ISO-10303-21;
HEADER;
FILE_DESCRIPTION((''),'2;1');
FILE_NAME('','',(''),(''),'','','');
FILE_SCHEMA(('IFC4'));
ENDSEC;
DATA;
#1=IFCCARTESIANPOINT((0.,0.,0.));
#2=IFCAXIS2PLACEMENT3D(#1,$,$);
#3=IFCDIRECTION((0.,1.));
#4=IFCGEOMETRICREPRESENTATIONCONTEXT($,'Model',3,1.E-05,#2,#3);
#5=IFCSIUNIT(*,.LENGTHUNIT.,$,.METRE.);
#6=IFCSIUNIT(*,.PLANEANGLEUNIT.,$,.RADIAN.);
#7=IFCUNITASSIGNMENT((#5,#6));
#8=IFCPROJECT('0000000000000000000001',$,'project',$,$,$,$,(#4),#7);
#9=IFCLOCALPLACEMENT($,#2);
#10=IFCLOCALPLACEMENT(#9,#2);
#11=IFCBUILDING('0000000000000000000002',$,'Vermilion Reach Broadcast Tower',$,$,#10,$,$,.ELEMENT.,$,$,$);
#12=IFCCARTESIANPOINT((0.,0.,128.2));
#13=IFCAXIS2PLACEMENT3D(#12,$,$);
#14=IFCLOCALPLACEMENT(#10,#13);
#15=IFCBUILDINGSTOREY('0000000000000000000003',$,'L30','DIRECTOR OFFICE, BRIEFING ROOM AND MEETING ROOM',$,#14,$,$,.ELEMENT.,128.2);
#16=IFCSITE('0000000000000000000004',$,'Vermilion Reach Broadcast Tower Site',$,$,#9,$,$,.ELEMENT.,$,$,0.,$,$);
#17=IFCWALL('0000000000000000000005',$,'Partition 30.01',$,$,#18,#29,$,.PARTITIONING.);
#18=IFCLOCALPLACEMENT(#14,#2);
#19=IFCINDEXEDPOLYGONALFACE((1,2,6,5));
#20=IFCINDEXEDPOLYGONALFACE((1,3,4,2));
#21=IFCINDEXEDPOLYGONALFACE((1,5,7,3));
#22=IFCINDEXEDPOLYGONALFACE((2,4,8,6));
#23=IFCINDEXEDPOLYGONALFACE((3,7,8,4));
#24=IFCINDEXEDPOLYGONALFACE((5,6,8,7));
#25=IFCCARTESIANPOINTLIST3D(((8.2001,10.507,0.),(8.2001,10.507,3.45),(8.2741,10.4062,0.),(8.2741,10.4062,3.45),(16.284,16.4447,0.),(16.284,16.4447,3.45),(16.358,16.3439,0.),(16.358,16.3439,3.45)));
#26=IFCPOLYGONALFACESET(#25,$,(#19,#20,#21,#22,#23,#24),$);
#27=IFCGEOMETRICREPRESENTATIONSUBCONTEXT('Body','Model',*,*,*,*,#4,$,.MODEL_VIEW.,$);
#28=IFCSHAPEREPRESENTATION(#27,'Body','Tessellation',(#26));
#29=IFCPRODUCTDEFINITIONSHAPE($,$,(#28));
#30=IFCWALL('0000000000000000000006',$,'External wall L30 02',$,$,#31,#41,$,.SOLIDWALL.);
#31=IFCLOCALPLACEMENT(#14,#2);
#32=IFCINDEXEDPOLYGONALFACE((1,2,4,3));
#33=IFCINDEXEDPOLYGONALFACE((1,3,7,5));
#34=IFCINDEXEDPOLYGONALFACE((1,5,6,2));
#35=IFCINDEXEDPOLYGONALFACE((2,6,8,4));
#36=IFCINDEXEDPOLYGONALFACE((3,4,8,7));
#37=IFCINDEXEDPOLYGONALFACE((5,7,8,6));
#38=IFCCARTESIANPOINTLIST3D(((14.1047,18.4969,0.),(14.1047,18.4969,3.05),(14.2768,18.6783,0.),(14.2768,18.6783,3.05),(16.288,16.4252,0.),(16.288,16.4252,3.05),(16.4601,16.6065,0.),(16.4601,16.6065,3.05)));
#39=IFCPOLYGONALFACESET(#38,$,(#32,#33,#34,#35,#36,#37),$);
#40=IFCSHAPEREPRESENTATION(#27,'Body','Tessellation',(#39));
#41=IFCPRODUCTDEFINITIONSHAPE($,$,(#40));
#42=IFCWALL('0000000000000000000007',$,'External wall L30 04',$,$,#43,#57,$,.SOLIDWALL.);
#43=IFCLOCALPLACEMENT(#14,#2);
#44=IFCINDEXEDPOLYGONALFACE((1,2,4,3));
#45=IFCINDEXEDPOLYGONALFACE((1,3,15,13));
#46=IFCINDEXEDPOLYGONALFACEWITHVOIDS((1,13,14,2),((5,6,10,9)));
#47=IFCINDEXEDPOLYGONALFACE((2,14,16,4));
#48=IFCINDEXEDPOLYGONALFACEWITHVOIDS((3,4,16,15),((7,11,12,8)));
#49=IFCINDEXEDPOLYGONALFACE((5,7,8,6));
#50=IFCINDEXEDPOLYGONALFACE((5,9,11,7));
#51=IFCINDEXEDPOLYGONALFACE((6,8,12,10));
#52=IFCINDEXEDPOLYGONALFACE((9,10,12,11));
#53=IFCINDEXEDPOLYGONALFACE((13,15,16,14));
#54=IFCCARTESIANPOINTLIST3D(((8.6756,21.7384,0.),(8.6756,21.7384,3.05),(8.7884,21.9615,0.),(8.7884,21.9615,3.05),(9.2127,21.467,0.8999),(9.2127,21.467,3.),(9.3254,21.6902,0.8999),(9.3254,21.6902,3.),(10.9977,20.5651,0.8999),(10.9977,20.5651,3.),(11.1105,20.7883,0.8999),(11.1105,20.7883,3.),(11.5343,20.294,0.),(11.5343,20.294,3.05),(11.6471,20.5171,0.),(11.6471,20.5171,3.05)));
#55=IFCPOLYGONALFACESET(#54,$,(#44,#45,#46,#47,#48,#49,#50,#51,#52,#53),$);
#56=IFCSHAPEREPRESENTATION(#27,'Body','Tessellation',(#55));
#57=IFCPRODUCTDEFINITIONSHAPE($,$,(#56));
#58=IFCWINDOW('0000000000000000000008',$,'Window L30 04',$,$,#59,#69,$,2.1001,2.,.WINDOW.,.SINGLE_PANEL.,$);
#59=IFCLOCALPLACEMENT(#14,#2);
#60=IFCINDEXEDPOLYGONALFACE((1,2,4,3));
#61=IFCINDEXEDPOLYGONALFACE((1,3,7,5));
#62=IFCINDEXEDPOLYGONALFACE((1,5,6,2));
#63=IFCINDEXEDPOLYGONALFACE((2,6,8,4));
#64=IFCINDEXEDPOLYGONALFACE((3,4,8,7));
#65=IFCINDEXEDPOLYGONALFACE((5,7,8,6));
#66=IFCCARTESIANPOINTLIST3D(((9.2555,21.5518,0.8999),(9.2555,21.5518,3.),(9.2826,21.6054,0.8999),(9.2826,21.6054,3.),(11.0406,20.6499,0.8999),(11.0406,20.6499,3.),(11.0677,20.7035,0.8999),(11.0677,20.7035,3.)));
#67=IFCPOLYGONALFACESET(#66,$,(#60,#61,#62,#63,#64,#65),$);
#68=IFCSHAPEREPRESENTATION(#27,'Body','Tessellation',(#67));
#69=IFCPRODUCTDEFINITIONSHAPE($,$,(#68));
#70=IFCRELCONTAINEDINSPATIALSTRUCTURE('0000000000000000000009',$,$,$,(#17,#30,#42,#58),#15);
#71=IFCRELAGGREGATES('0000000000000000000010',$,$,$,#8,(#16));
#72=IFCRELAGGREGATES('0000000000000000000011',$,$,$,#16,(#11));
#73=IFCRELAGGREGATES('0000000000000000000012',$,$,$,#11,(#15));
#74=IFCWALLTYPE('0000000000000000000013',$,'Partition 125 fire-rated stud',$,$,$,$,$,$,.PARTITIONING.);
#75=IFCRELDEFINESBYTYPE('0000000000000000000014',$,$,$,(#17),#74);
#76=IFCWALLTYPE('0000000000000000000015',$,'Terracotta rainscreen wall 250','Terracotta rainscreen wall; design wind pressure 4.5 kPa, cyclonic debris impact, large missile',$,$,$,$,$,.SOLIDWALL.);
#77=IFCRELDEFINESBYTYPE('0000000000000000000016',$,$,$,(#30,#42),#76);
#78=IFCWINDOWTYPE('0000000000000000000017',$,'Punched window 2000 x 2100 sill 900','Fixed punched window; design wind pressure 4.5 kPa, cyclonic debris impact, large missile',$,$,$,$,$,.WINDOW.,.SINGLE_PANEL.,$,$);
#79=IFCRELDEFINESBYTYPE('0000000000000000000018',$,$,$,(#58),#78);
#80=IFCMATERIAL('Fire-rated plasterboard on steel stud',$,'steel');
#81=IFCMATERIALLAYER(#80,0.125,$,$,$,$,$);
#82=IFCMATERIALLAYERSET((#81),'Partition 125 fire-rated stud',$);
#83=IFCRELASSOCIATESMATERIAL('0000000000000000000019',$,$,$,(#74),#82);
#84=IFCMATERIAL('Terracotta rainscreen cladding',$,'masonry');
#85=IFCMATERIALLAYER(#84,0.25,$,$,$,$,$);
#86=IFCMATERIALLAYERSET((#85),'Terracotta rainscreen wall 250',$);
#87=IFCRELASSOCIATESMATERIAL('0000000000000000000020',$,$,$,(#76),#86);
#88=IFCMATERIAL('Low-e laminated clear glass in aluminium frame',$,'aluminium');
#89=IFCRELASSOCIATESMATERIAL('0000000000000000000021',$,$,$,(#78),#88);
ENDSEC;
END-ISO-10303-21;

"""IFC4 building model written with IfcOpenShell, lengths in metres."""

from ifc_helpers import new_model, si_unit, direction, frame, frame_2d, origin, place, context, subcontext, project, spatial, rectangle, extrude, material, layer, layer_set, type_object, element, fill, save


model = new_model("IFC4")

# Units and contexts
model_context = context("Model", 3, precision=1e-05, world=origin(), true_north=direction((0.0, 1.0)))
body_context = subcontext(model_context, "Body", "Model", "MODEL_VIEW")
ifc_project = project(units=[si_unit("LENGTHUNIT", "METRE"), si_unit("PLANEANGLEUNIT", "RADIAN")], contexts=[model_context])

# Site, building, storey
site_placement = place(None, origin())
site = spatial("IfcSite", under=ifc_project, at=site_placement, Name="Vermilion Reach Broadcast Tower Site", CompositionType="ELEMENT", RefElevation=0.0)
building_placement = place(site_placement, origin())
building = spatial("IfcBuilding", under=site, at=building_placement, Name="Vermilion Reach Broadcast Tower", CompositionType="ELEMENT")
storey_placement = place(building_placement, frame((0.0, 0.0, 128.2)))
storey = spatial("IfcBuildingStorey", under=building, at=storey_placement, Name="L30", Description="DIRECTOR OFFICE, BRIEFING ROOM AND MEETING ROOM", CompositionType="ELEMENT", Elevation=128.2)

# Walls
ifc_material_1 = material(Name="Fire-rated plasterboard on steel stud", Category="steel")
ifc_layer_1 = layer(ifc_material_1, 0.125)
ifc_layer_set_1 = layer_set([ifc_layer_1], Name="Partition 125 fire-rated stud")
wall_type_1 = type_object("IfcWallType", Name="Partition 125 fire-rated stud", PredefinedType="PARTITIONING", material=ifc_layer_set_1)
wall_1_placement = place(storey_placement, frame((16.321, 16.3943, 0.0), z_axis=(0.0, 0.0, 1.0), x_axis=(-0.805954, -0.591979, 0.0)))
element("IfcWall", 1, at=wall_1_placement, inside=storey, type_object=wall_type_1, Name="Partition 30.01", PredefinedType="PARTITIONING", context=body_context, shape_type="SweptSolid", body=[
    extrude(rectangle(XDim=10.0303, YDim=0.125, at=frame_2d((5.0151, 0.0))), origin(), (0.0, 0.0, 1.0), 3.45),
])
ifc_material_2 = material(Name="Terracotta rainscreen cladding", Category="masonry")
ifc_layer_2 = layer(ifc_material_2, 0.25)
ifc_layer_set_2 = layer_set([ifc_layer_2], Name="Terracotta rainscreen wall 250")
wall_type_2 = type_object("IfcWallType", Name="Terracotta rainscreen wall 250", Description="Terracotta rainscreen wall; design wind pressure 4.5 kPa, cyclonic debris impact, large missile", PredefinedType="SOLIDWALL", material=ifc_layer_set_2)
wall_2_placement = place(storey_placement, frame((16.374, 16.5159, 0.0), z_axis=(0.0, 0.0, 1.0), x_axis=(-0.725398, 0.688329, 0.0)))
element("IfcWall", 2, at=wall_2_placement, inside=storey, type_object=wall_type_2, Name="External wall L30 02", PredefinedType="SOLIDWALL", context=body_context, shape_type="SweptSolid", body=[
    extrude(rectangle(XDim=3.0098, YDim=0.25, at=frame_2d((1.5049, 0.0))), origin(), (0.0, 0.0, 1.0), 3.05),
])

# Wall, opening, window
wall_3_placement = place(storey_placement, frame((11.5908, 20.4055, 0.0), z_axis=(0.0, 0.0, 1.0), x_axis=(-0.892544, 0.45096, 0.0)))
wall_3 = element("IfcWall", 3, at=wall_3_placement, inside=storey, type_object=wall_type_2, Name="External wall L30 04", PredefinedType="SOLIDWALL", context=body_context, shape_type="SweptSolid", body=[
    extrude(rectangle(XDim=3.2029, YDim=0.25, at=frame_2d((1.6016, 0.0))), origin(), (0.0, 0.0, 1.0), 3.05),
])
opening_1_placement = place(wall_3_placement, frame((0.6013, 0.0, 0.8999)))
opening_1 = element("IfcOpeningElement", 4, at=opening_1_placement, cuts=wall_3, PredefinedType="OPENING", context=body_context, shape_type="SweptSolid", body=[
    extrude(rectangle(XDim=2.0, YDim=2.1001, at=frame_2d((1.0, 1.05))), frame((0.0, 0.135, 0.0), z_axis=(0.0, -1.0, 0.0), x_axis=(1.0, 0.0, 0.0)), (0.0, 0.0, 1.0), 0.27),
])
ifc_material_3 = material(Name="Low-e laminated clear glass in aluminium frame", Category="aluminium")
window_type = type_object("IfcWindowType", Name="Punched window 2000 x 2100 sill 900", Description="Fixed punched window; design wind pressure 4.5 kPa, cyclonic debris impact, large missile", PartitioningType="SINGLE_PANEL", PredefinedType="WINDOW", material=ifc_material_3)
window_placement = place(opening_1_placement, origin())
window = element("IfcWindow", 5, at=window_placement, inside=storey, type_object=window_type, Name="Window L30 04", OverallHeight=2.1001, OverallWidth=2.0, PartitioningType="SINGLE_PANEL", PredefinedType="WINDOW", context=body_context, shape_type="SweptSolid", body=[
    extrude(rectangle(XDim=2.0, YDim=2.1001, at=frame_2d((1.0, 1.05))), frame((0.0, 0.03, 0.0), z_axis=(0.0, -1.0, 0.0), x_axis=(1.0, 0.0, 0.0)), (0.0, 0.0, 1.0), 0.0601),
])
fill(opening_1, window)

save(model, "model.ifc")
